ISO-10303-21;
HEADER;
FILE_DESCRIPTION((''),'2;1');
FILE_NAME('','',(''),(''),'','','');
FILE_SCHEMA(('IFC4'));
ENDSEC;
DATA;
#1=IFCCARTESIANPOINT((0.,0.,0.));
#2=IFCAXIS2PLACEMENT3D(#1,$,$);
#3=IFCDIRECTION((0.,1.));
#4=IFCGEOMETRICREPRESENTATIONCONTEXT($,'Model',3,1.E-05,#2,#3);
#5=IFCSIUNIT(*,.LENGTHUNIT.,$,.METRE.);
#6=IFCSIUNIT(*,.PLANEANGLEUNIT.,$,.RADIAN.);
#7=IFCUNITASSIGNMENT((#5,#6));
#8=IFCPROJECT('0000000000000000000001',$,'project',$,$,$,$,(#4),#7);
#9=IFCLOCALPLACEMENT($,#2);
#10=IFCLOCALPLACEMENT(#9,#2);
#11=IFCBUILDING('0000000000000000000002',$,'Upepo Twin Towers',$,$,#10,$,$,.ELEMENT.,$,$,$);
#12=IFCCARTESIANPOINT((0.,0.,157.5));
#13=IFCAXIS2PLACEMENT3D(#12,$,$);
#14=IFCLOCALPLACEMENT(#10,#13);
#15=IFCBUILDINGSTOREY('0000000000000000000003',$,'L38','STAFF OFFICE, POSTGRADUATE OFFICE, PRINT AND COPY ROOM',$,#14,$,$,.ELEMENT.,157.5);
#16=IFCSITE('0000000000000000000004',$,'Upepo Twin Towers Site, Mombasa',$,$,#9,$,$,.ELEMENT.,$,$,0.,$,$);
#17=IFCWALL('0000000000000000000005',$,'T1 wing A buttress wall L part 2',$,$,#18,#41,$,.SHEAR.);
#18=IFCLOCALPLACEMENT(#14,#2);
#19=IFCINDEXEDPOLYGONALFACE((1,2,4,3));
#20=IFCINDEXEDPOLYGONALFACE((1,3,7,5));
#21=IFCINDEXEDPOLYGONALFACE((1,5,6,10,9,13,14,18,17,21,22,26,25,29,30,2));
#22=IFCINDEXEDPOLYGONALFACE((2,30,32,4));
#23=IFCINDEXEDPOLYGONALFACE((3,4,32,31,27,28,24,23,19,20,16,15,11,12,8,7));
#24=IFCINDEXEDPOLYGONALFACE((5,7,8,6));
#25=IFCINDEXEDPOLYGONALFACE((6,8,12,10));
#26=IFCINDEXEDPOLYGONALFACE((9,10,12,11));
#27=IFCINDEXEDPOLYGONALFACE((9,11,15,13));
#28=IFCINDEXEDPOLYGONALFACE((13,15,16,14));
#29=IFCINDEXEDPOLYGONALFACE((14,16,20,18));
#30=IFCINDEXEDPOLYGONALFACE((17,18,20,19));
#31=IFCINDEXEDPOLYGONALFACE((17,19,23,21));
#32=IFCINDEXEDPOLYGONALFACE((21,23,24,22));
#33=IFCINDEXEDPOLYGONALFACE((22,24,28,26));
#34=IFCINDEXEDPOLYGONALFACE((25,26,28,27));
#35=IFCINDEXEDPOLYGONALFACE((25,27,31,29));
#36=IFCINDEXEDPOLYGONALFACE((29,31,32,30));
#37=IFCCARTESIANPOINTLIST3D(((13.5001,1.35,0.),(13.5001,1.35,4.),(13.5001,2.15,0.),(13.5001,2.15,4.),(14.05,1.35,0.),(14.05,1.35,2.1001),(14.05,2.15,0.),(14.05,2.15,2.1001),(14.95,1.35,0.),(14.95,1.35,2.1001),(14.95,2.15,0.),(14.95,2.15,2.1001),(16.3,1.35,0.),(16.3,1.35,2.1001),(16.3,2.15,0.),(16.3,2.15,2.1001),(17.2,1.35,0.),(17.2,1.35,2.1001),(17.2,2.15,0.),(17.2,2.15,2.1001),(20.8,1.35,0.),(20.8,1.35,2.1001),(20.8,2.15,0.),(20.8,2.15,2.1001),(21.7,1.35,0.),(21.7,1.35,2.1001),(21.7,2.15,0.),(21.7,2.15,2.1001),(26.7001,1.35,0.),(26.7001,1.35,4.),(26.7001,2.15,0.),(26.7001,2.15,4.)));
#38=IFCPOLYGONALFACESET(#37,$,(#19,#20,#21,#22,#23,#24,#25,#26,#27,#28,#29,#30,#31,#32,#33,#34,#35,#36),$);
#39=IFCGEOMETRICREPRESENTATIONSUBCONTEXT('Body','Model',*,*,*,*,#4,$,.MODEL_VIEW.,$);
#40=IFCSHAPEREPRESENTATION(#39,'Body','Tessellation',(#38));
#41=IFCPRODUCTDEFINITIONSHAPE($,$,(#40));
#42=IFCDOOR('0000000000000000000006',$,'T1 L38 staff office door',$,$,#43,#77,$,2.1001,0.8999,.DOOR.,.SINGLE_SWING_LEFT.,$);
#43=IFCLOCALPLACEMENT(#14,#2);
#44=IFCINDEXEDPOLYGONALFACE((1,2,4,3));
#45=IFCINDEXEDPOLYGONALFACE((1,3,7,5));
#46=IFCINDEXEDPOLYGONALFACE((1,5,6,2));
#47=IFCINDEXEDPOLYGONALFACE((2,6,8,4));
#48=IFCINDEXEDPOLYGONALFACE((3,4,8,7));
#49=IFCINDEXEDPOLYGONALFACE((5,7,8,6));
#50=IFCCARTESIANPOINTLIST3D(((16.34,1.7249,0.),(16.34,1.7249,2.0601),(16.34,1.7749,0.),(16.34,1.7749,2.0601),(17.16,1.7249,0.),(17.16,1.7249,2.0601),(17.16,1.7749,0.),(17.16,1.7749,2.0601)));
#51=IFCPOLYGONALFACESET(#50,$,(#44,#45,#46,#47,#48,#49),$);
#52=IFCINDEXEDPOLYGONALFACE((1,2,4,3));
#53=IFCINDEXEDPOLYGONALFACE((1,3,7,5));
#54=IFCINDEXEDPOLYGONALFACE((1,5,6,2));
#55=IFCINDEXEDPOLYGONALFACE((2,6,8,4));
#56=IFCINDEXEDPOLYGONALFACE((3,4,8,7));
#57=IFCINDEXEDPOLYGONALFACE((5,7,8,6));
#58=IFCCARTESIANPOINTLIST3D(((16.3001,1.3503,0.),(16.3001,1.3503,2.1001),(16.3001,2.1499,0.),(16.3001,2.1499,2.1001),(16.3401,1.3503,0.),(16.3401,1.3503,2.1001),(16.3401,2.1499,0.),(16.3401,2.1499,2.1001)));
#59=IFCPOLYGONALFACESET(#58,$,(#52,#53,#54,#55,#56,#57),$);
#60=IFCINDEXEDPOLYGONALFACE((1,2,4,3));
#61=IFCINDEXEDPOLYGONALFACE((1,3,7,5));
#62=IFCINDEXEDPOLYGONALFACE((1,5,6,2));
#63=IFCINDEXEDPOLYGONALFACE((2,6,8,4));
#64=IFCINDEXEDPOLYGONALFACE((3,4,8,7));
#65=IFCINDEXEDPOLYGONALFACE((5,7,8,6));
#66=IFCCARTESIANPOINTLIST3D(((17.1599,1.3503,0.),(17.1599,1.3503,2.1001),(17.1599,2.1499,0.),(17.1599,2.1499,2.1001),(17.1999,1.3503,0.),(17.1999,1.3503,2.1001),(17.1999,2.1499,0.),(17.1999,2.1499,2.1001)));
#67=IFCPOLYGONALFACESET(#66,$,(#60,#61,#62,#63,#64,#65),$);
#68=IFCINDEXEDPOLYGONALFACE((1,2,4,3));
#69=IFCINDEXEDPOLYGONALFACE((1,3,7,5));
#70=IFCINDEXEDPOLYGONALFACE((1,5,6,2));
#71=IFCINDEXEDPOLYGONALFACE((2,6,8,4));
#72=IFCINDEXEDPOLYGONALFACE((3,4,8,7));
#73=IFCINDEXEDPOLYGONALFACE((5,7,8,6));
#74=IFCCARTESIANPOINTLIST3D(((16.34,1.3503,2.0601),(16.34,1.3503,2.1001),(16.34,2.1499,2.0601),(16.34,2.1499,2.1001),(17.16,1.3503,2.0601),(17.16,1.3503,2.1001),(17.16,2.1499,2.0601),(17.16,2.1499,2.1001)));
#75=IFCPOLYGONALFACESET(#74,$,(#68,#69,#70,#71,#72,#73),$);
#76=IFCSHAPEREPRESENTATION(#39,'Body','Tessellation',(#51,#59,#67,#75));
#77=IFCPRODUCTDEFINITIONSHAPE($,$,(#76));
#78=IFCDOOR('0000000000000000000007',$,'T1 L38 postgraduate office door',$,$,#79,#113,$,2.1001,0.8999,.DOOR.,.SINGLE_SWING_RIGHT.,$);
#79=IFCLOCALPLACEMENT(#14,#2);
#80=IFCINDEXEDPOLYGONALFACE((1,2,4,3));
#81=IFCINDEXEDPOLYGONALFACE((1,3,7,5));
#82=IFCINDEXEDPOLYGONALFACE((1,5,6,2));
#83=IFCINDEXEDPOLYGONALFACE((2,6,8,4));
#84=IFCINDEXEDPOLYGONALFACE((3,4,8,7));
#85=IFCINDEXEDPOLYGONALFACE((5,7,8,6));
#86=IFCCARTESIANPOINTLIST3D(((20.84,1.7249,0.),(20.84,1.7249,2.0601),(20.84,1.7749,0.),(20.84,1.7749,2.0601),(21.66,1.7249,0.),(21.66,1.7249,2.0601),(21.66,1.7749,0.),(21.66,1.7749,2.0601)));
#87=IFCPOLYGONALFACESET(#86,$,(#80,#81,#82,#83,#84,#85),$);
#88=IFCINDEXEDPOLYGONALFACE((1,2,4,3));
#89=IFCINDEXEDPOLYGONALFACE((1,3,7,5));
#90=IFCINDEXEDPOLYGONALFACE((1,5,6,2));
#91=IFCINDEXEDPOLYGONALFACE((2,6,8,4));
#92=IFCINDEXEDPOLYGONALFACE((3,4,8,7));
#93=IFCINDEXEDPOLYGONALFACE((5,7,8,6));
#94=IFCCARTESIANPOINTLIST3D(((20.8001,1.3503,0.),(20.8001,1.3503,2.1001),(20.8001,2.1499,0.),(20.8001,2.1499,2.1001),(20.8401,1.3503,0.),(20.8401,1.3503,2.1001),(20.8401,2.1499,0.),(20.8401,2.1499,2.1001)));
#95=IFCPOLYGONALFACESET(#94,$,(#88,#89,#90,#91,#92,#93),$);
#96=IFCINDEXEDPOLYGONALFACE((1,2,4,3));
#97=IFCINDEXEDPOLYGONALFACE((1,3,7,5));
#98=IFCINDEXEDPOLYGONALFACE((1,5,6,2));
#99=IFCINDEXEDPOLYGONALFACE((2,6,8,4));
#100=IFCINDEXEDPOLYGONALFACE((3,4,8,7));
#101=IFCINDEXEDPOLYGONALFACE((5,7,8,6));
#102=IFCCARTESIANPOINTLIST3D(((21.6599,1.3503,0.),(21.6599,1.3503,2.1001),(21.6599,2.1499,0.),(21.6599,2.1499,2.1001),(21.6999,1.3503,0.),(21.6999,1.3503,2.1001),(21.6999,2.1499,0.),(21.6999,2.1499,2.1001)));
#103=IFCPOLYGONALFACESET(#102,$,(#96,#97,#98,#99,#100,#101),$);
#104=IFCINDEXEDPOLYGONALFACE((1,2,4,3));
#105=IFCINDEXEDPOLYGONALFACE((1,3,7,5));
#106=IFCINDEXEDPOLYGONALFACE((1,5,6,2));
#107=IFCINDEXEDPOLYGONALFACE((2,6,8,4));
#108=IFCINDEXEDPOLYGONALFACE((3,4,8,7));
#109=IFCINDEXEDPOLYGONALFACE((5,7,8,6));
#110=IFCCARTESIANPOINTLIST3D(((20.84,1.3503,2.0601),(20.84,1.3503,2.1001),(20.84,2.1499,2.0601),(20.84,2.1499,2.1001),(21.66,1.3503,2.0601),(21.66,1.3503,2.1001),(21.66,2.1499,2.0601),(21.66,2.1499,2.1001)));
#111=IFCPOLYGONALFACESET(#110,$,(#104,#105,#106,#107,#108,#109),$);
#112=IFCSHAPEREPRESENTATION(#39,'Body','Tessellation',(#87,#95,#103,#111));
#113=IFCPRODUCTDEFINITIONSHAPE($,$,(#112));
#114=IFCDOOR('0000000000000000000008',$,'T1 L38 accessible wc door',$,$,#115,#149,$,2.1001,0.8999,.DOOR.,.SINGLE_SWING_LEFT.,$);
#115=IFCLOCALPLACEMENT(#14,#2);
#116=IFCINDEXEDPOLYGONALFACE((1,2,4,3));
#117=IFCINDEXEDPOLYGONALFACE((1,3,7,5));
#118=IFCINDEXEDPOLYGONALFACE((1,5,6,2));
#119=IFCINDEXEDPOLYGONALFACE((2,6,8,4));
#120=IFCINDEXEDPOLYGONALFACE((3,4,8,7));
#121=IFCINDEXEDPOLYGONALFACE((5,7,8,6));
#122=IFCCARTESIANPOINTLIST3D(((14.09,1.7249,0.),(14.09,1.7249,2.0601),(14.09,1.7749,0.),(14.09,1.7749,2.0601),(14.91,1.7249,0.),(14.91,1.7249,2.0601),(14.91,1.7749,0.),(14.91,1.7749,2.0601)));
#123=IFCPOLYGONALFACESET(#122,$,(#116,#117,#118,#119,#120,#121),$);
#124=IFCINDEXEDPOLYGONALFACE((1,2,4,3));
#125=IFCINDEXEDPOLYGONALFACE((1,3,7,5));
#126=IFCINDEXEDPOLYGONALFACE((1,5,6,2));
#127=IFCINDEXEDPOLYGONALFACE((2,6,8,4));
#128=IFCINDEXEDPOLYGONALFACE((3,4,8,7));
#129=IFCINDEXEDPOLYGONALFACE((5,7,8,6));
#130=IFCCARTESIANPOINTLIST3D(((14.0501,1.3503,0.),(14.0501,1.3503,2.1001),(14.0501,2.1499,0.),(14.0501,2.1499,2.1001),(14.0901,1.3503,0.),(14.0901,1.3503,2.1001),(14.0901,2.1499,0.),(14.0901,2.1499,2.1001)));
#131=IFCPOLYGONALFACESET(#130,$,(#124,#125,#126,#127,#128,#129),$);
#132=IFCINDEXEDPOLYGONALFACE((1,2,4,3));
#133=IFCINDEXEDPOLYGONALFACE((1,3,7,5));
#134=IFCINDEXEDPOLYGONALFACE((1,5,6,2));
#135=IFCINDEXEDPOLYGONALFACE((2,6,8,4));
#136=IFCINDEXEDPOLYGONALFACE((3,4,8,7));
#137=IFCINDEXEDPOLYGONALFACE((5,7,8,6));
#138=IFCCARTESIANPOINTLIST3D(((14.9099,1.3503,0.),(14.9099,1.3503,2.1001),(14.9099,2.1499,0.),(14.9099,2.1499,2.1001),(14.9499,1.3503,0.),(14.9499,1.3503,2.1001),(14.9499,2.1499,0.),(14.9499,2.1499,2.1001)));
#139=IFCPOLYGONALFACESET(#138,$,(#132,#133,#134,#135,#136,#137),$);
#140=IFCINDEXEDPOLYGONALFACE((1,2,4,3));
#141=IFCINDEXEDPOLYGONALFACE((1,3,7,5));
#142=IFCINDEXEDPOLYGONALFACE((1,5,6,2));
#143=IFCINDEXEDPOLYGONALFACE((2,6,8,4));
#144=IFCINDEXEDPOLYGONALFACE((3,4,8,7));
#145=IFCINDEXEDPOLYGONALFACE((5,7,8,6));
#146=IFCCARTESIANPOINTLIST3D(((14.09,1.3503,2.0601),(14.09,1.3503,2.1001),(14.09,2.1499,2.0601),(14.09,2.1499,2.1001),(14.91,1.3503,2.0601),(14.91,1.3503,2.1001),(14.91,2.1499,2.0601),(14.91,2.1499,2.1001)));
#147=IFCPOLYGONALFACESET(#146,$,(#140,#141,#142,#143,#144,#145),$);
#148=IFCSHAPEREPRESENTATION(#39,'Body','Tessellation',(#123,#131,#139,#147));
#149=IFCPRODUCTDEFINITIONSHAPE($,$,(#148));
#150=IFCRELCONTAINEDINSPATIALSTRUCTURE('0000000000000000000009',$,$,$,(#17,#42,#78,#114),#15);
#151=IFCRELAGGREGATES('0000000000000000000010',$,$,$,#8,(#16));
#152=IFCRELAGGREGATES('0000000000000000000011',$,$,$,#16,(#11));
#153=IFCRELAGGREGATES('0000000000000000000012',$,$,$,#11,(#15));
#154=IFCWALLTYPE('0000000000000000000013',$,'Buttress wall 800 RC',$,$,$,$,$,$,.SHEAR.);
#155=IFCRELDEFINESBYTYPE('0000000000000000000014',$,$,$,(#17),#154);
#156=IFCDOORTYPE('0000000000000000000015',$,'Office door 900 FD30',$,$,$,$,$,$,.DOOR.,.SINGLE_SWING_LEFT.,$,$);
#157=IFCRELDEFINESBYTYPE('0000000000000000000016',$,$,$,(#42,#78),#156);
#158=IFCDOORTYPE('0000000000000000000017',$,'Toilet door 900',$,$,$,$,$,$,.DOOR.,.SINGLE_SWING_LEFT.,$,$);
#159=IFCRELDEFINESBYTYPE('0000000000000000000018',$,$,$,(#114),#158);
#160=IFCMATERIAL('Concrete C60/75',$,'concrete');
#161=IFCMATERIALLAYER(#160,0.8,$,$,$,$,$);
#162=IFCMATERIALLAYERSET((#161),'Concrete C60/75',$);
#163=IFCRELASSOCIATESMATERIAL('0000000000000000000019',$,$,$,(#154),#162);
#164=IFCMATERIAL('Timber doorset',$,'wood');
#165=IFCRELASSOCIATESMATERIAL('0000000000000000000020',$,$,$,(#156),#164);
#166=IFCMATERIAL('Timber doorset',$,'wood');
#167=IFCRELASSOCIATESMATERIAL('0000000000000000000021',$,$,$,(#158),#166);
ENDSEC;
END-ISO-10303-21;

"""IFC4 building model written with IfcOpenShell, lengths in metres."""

from ifc_helpers import new_model, si_unit, direction, frame, frame_2d, origin, place, context, subcontext, project, spatial, rectangle, extrude, material, layer, layer_set, type_object, element, fill, save


model = new_model("IFC4")

# Units and contexts
model_context = context("Model", 3, precision=1e-05, world=origin(), true_north=direction((0.0, 1.0)))
body_context = subcontext(model_context, "Body", "Model", "MODEL_VIEW")
ifc_project = project(units=[si_unit("LENGTHUNIT", "METRE"), si_unit("PLANEANGLEUNIT", "RADIAN")], contexts=[model_context])

# Site, building, storey
site_placement = place(None, origin())
site = spatial("IfcSite", under=ifc_project, at=site_placement, Name="Upepo Twin Towers Site, Mombasa", CompositionType="ELEMENT", RefElevation=0.0)
building_placement = place(site_placement, origin())
building = spatial("IfcBuilding", under=site, at=building_placement, Name="Upepo Twin Towers", CompositionType="ELEMENT")
storey_placement = place(building_placement, frame((0.0, 0.0, 157.5)))
storey = spatial("IfcBuildingStorey", under=building, at=storey_placement, Name="L38", Description="STAFF OFFICE, POSTGRADUATE OFFICE, PRINT AND COPY ROOM", CompositionType="ELEMENT", Elevation=157.5)

# Wall, openings, doors
ifc_material_1 = material(Name="Concrete C60/75", Category="concrete")
ifc_layer_1 = layer(ifc_material_1, 0.8)
ifc_layer_set_1 = layer_set([ifc_layer_1], Name="Concrete C60/75")
wall_type_1 = type_object("IfcWallType", Name="Buttress wall 800 RC", PredefinedType="SHEAR", material=ifc_layer_set_1)
wall_1_placement = place(storey_placement, frame((13.5, 1.75, 0.0), z_axis=(0.0, 0.0, 1.0), x_axis=(1.0, 0.0, 0.0)))
wall_1 = element("IfcWall", 1, at=wall_1_placement, inside=storey, type_object=wall_type_1, Name="T1 wing A buttress wall L part 2", PredefinedType="SHEAR", context=body_context, shape_type="SweptSolid", body=[
    extrude(rectangle(XDim=13.2, YDim=0.8, at=frame_2d((6.6001, 0.0))), origin(), (0.0, 0.0, 1.0), 4.0),
])
opening_1_placement = place(wall_1_placement, frame((0.55, 0.0, 0.0)))
opening_1 = element("IfcOpeningElement", 2, at=opening_1_placement, cuts=wall_1, PredefinedType="OPENING", context=body_context, shape_type="SweptSolid", body=[
    extrude(rectangle(XDim=0.8999, YDim=2.1001, at=frame_2d((0.45, 1.05))), frame((0.0, 0.4099, 0.0), z_axis=(0.0, -1.0, 0.0), x_axis=(1.0, 0.0, 0.0)), (0.0, 0.0, 1.0), 0.8201),
])
opening_2_placement = place(wall_1_placement, frame((2.8, 0.0, 0.0)))
opening_2 = element("IfcOpeningElement", 3, at=opening_2_placement, cuts=wall_1, PredefinedType="OPENING", context=body_context, shape_type="SweptSolid", body=[
    extrude(rectangle(XDim=0.8999, YDim=2.1001, at=frame_2d((0.45, 1.05))), frame((0.0, 0.4099, 0.0), z_axis=(0.0, -1.0, 0.0), x_axis=(1.0, 0.0, 0.0)), (0.0, 0.0, 1.0), 0.8201),
])
opening_3_placement = place(wall_1_placement, frame((7.3, 0.0, 0.0)))
opening_3 = element("IfcOpeningElement", 4, at=opening_3_placement, cuts=wall_1, PredefinedType="OPENING", context=body_context, shape_type="SweptSolid", body=[
    extrude(rectangle(XDim=0.8999, YDim=2.1001, at=frame_2d((0.45, 1.05))), frame((0.0, 0.4099, 0.0), z_axis=(0.0, -1.0, 0.0), x_axis=(1.0, 0.0, 0.0)), (0.0, 0.0, 1.0), 0.8201),
])
ifc_material_2 = material(Name="Timber doorset", Category="wood")
door_type_1 = type_object("IfcDoorType", Name="Office door 900 FD30", OperationType="SINGLE_SWING_LEFT", PredefinedType="DOOR", material=ifc_material_2)
door_1_placement = place(opening_2_placement, origin())
door_1 = element("IfcDoor", 5, at=door_1_placement, inside=storey, type_object=door_type_1, Name="T1 L38 staff office door", OperationType="SINGLE_SWING_LEFT", OverallHeight=2.1001, OverallWidth=0.8999, PredefinedType="DOOR", context=body_context, shape_type="SweptSolid", body=[
    extrude(rectangle(XDim=0.8199, YDim=2.0601, at=frame_2d((0.45, 1.03))), frame((0.0, 0.0249, 0.0), z_axis=(0.0, -1.0, 0.0), x_axis=(1.0, 0.0, 0.0)), (0.0, 0.0, 1.0), 0.05),
    extrude(rectangle(XDim=0.04, YDim=2.1001, at=frame_2d((0.02, 1.05))), frame((0.0, 0.3999, 0.0), z_axis=(0.0, -1.0, 0.0), x_axis=(1.0, 0.0, 0.0)), (0.0, 0.0, 1.0), 0.7996),
    extrude(rectangle(XDim=0.04, YDim=2.1001, at=frame_2d((0.8799, 1.05))), frame((0.0, 0.3999, 0.0), z_axis=(0.0, -1.0, 0.0), x_axis=(1.0, 0.0, 0.0)), (0.0, 0.0, 1.0), 0.7996),
    extrude(rectangle(XDim=0.8199, YDim=0.04, at=frame_2d((0.45, 2.0801))), frame((0.0, 0.3999, 0.0), z_axis=(0.0, -1.0, 0.0), x_axis=(1.0, 0.0, 0.0)), (0.0, 0.0, 1.0), 0.7996),
])
fill(opening_2, door_1)
door_2_placement = place(opening_3_placement, origin())
door_2 = element("IfcDoor", 6, at=door_2_placement, inside=storey, type_object=door_type_1, Name="T1 L38 postgraduate office door", OperationType="SINGLE_SWING_RIGHT", OverallHeight=2.1001, OverallWidth=0.8999, PredefinedType="DOOR", context=body_context, shape_type="SweptSolid", body=[
    extrude(rectangle(XDim=0.8199, YDim=2.0601, at=frame_2d((0.45, 1.03))), frame((0.0, 0.0249, 0.0), z_axis=(0.0, -1.0, 0.0), x_axis=(1.0, 0.0, 0.0)), (0.0, 0.0, 1.0), 0.05),
    extrude(rectangle(XDim=0.04, YDim=2.1001, at=frame_2d((0.02, 1.05))), frame((0.0, 0.3999, 0.0), z_axis=(0.0, -1.0, 0.0), x_axis=(1.0, 0.0, 0.0)), (0.0, 0.0, 1.0), 0.7996),
    extrude(rectangle(XDim=0.04, YDim=2.1001, at=frame_2d((0.8799, 1.05))), frame((0.0, 0.3999, 0.0), z_axis=(0.0, -1.0, 0.0), x_axis=(1.0, 0.0, 0.0)), (0.0, 0.0, 1.0), 0.7996),
    extrude(rectangle(XDim=0.8199, YDim=0.04, at=frame_2d((0.45, 2.0801))), frame((0.0, 0.3999, 0.0), z_axis=(0.0, -1.0, 0.0), x_axis=(1.0, 0.0, 0.0)), (0.0, 0.0, 1.0), 0.7996),
])
fill(opening_3, door_2)
ifc_material_3 = material(Name="Timber doorset", Category="wood")
door_type_2 = type_object("IfcDoorType", Name="Toilet door 900", OperationType="SINGLE_SWING_LEFT", PredefinedType="DOOR", material=ifc_material_3)
door_3_placement = place(opening_1_placement, origin())
door_3 = element("IfcDoor", 7, at=door_3_placement, inside=storey, type_object=door_type_2, Name="T1 L38 accessible wc door", OperationType="SINGLE_SWING_LEFT", OverallHeight=2.1001, OverallWidth=0.8999, PredefinedType="DOOR", context=body_context, shape_type="SweptSolid", body=[
    extrude(rectangle(XDim=0.8199, YDim=2.0601, at=frame_2d((0.45, 1.03))), frame((0.0, 0.0249, 0.0), z_axis=(0.0, -1.0, 0.0), x_axis=(1.0, 0.0, 0.0)), (0.0, 0.0, 1.0), 0.05),
    extrude(rectangle(XDim=0.04, YDim=2.1001, at=frame_2d((0.02, 1.05))), frame((0.0, 0.3999, 0.0), z_axis=(0.0, -1.0, 0.0), x_axis=(1.0, 0.0, 0.0)), (0.0, 0.0, 1.0), 0.7996),
    extrude(rectangle(XDim=0.04, YDim=2.1001, at=frame_2d((0.8799, 1.05))), frame((0.0, 0.3999, 0.0), z_axis=(0.0, -1.0, 0.0), x_axis=(1.0, 0.0, 0.0)), (0.0, 0.0, 1.0), 0.7996),
    extrude(rectangle(XDim=0.8199, YDim=0.04, at=frame_2d((0.45, 2.0801))), frame((0.0, 0.3999, 0.0), z_axis=(0.0, -1.0, 0.0), x_axis=(1.0, 0.0, 0.0)), (0.0, 0.0, 1.0), 0.7996),
])
fill(opening_1, door_3)

save(model, "model.ifc")
